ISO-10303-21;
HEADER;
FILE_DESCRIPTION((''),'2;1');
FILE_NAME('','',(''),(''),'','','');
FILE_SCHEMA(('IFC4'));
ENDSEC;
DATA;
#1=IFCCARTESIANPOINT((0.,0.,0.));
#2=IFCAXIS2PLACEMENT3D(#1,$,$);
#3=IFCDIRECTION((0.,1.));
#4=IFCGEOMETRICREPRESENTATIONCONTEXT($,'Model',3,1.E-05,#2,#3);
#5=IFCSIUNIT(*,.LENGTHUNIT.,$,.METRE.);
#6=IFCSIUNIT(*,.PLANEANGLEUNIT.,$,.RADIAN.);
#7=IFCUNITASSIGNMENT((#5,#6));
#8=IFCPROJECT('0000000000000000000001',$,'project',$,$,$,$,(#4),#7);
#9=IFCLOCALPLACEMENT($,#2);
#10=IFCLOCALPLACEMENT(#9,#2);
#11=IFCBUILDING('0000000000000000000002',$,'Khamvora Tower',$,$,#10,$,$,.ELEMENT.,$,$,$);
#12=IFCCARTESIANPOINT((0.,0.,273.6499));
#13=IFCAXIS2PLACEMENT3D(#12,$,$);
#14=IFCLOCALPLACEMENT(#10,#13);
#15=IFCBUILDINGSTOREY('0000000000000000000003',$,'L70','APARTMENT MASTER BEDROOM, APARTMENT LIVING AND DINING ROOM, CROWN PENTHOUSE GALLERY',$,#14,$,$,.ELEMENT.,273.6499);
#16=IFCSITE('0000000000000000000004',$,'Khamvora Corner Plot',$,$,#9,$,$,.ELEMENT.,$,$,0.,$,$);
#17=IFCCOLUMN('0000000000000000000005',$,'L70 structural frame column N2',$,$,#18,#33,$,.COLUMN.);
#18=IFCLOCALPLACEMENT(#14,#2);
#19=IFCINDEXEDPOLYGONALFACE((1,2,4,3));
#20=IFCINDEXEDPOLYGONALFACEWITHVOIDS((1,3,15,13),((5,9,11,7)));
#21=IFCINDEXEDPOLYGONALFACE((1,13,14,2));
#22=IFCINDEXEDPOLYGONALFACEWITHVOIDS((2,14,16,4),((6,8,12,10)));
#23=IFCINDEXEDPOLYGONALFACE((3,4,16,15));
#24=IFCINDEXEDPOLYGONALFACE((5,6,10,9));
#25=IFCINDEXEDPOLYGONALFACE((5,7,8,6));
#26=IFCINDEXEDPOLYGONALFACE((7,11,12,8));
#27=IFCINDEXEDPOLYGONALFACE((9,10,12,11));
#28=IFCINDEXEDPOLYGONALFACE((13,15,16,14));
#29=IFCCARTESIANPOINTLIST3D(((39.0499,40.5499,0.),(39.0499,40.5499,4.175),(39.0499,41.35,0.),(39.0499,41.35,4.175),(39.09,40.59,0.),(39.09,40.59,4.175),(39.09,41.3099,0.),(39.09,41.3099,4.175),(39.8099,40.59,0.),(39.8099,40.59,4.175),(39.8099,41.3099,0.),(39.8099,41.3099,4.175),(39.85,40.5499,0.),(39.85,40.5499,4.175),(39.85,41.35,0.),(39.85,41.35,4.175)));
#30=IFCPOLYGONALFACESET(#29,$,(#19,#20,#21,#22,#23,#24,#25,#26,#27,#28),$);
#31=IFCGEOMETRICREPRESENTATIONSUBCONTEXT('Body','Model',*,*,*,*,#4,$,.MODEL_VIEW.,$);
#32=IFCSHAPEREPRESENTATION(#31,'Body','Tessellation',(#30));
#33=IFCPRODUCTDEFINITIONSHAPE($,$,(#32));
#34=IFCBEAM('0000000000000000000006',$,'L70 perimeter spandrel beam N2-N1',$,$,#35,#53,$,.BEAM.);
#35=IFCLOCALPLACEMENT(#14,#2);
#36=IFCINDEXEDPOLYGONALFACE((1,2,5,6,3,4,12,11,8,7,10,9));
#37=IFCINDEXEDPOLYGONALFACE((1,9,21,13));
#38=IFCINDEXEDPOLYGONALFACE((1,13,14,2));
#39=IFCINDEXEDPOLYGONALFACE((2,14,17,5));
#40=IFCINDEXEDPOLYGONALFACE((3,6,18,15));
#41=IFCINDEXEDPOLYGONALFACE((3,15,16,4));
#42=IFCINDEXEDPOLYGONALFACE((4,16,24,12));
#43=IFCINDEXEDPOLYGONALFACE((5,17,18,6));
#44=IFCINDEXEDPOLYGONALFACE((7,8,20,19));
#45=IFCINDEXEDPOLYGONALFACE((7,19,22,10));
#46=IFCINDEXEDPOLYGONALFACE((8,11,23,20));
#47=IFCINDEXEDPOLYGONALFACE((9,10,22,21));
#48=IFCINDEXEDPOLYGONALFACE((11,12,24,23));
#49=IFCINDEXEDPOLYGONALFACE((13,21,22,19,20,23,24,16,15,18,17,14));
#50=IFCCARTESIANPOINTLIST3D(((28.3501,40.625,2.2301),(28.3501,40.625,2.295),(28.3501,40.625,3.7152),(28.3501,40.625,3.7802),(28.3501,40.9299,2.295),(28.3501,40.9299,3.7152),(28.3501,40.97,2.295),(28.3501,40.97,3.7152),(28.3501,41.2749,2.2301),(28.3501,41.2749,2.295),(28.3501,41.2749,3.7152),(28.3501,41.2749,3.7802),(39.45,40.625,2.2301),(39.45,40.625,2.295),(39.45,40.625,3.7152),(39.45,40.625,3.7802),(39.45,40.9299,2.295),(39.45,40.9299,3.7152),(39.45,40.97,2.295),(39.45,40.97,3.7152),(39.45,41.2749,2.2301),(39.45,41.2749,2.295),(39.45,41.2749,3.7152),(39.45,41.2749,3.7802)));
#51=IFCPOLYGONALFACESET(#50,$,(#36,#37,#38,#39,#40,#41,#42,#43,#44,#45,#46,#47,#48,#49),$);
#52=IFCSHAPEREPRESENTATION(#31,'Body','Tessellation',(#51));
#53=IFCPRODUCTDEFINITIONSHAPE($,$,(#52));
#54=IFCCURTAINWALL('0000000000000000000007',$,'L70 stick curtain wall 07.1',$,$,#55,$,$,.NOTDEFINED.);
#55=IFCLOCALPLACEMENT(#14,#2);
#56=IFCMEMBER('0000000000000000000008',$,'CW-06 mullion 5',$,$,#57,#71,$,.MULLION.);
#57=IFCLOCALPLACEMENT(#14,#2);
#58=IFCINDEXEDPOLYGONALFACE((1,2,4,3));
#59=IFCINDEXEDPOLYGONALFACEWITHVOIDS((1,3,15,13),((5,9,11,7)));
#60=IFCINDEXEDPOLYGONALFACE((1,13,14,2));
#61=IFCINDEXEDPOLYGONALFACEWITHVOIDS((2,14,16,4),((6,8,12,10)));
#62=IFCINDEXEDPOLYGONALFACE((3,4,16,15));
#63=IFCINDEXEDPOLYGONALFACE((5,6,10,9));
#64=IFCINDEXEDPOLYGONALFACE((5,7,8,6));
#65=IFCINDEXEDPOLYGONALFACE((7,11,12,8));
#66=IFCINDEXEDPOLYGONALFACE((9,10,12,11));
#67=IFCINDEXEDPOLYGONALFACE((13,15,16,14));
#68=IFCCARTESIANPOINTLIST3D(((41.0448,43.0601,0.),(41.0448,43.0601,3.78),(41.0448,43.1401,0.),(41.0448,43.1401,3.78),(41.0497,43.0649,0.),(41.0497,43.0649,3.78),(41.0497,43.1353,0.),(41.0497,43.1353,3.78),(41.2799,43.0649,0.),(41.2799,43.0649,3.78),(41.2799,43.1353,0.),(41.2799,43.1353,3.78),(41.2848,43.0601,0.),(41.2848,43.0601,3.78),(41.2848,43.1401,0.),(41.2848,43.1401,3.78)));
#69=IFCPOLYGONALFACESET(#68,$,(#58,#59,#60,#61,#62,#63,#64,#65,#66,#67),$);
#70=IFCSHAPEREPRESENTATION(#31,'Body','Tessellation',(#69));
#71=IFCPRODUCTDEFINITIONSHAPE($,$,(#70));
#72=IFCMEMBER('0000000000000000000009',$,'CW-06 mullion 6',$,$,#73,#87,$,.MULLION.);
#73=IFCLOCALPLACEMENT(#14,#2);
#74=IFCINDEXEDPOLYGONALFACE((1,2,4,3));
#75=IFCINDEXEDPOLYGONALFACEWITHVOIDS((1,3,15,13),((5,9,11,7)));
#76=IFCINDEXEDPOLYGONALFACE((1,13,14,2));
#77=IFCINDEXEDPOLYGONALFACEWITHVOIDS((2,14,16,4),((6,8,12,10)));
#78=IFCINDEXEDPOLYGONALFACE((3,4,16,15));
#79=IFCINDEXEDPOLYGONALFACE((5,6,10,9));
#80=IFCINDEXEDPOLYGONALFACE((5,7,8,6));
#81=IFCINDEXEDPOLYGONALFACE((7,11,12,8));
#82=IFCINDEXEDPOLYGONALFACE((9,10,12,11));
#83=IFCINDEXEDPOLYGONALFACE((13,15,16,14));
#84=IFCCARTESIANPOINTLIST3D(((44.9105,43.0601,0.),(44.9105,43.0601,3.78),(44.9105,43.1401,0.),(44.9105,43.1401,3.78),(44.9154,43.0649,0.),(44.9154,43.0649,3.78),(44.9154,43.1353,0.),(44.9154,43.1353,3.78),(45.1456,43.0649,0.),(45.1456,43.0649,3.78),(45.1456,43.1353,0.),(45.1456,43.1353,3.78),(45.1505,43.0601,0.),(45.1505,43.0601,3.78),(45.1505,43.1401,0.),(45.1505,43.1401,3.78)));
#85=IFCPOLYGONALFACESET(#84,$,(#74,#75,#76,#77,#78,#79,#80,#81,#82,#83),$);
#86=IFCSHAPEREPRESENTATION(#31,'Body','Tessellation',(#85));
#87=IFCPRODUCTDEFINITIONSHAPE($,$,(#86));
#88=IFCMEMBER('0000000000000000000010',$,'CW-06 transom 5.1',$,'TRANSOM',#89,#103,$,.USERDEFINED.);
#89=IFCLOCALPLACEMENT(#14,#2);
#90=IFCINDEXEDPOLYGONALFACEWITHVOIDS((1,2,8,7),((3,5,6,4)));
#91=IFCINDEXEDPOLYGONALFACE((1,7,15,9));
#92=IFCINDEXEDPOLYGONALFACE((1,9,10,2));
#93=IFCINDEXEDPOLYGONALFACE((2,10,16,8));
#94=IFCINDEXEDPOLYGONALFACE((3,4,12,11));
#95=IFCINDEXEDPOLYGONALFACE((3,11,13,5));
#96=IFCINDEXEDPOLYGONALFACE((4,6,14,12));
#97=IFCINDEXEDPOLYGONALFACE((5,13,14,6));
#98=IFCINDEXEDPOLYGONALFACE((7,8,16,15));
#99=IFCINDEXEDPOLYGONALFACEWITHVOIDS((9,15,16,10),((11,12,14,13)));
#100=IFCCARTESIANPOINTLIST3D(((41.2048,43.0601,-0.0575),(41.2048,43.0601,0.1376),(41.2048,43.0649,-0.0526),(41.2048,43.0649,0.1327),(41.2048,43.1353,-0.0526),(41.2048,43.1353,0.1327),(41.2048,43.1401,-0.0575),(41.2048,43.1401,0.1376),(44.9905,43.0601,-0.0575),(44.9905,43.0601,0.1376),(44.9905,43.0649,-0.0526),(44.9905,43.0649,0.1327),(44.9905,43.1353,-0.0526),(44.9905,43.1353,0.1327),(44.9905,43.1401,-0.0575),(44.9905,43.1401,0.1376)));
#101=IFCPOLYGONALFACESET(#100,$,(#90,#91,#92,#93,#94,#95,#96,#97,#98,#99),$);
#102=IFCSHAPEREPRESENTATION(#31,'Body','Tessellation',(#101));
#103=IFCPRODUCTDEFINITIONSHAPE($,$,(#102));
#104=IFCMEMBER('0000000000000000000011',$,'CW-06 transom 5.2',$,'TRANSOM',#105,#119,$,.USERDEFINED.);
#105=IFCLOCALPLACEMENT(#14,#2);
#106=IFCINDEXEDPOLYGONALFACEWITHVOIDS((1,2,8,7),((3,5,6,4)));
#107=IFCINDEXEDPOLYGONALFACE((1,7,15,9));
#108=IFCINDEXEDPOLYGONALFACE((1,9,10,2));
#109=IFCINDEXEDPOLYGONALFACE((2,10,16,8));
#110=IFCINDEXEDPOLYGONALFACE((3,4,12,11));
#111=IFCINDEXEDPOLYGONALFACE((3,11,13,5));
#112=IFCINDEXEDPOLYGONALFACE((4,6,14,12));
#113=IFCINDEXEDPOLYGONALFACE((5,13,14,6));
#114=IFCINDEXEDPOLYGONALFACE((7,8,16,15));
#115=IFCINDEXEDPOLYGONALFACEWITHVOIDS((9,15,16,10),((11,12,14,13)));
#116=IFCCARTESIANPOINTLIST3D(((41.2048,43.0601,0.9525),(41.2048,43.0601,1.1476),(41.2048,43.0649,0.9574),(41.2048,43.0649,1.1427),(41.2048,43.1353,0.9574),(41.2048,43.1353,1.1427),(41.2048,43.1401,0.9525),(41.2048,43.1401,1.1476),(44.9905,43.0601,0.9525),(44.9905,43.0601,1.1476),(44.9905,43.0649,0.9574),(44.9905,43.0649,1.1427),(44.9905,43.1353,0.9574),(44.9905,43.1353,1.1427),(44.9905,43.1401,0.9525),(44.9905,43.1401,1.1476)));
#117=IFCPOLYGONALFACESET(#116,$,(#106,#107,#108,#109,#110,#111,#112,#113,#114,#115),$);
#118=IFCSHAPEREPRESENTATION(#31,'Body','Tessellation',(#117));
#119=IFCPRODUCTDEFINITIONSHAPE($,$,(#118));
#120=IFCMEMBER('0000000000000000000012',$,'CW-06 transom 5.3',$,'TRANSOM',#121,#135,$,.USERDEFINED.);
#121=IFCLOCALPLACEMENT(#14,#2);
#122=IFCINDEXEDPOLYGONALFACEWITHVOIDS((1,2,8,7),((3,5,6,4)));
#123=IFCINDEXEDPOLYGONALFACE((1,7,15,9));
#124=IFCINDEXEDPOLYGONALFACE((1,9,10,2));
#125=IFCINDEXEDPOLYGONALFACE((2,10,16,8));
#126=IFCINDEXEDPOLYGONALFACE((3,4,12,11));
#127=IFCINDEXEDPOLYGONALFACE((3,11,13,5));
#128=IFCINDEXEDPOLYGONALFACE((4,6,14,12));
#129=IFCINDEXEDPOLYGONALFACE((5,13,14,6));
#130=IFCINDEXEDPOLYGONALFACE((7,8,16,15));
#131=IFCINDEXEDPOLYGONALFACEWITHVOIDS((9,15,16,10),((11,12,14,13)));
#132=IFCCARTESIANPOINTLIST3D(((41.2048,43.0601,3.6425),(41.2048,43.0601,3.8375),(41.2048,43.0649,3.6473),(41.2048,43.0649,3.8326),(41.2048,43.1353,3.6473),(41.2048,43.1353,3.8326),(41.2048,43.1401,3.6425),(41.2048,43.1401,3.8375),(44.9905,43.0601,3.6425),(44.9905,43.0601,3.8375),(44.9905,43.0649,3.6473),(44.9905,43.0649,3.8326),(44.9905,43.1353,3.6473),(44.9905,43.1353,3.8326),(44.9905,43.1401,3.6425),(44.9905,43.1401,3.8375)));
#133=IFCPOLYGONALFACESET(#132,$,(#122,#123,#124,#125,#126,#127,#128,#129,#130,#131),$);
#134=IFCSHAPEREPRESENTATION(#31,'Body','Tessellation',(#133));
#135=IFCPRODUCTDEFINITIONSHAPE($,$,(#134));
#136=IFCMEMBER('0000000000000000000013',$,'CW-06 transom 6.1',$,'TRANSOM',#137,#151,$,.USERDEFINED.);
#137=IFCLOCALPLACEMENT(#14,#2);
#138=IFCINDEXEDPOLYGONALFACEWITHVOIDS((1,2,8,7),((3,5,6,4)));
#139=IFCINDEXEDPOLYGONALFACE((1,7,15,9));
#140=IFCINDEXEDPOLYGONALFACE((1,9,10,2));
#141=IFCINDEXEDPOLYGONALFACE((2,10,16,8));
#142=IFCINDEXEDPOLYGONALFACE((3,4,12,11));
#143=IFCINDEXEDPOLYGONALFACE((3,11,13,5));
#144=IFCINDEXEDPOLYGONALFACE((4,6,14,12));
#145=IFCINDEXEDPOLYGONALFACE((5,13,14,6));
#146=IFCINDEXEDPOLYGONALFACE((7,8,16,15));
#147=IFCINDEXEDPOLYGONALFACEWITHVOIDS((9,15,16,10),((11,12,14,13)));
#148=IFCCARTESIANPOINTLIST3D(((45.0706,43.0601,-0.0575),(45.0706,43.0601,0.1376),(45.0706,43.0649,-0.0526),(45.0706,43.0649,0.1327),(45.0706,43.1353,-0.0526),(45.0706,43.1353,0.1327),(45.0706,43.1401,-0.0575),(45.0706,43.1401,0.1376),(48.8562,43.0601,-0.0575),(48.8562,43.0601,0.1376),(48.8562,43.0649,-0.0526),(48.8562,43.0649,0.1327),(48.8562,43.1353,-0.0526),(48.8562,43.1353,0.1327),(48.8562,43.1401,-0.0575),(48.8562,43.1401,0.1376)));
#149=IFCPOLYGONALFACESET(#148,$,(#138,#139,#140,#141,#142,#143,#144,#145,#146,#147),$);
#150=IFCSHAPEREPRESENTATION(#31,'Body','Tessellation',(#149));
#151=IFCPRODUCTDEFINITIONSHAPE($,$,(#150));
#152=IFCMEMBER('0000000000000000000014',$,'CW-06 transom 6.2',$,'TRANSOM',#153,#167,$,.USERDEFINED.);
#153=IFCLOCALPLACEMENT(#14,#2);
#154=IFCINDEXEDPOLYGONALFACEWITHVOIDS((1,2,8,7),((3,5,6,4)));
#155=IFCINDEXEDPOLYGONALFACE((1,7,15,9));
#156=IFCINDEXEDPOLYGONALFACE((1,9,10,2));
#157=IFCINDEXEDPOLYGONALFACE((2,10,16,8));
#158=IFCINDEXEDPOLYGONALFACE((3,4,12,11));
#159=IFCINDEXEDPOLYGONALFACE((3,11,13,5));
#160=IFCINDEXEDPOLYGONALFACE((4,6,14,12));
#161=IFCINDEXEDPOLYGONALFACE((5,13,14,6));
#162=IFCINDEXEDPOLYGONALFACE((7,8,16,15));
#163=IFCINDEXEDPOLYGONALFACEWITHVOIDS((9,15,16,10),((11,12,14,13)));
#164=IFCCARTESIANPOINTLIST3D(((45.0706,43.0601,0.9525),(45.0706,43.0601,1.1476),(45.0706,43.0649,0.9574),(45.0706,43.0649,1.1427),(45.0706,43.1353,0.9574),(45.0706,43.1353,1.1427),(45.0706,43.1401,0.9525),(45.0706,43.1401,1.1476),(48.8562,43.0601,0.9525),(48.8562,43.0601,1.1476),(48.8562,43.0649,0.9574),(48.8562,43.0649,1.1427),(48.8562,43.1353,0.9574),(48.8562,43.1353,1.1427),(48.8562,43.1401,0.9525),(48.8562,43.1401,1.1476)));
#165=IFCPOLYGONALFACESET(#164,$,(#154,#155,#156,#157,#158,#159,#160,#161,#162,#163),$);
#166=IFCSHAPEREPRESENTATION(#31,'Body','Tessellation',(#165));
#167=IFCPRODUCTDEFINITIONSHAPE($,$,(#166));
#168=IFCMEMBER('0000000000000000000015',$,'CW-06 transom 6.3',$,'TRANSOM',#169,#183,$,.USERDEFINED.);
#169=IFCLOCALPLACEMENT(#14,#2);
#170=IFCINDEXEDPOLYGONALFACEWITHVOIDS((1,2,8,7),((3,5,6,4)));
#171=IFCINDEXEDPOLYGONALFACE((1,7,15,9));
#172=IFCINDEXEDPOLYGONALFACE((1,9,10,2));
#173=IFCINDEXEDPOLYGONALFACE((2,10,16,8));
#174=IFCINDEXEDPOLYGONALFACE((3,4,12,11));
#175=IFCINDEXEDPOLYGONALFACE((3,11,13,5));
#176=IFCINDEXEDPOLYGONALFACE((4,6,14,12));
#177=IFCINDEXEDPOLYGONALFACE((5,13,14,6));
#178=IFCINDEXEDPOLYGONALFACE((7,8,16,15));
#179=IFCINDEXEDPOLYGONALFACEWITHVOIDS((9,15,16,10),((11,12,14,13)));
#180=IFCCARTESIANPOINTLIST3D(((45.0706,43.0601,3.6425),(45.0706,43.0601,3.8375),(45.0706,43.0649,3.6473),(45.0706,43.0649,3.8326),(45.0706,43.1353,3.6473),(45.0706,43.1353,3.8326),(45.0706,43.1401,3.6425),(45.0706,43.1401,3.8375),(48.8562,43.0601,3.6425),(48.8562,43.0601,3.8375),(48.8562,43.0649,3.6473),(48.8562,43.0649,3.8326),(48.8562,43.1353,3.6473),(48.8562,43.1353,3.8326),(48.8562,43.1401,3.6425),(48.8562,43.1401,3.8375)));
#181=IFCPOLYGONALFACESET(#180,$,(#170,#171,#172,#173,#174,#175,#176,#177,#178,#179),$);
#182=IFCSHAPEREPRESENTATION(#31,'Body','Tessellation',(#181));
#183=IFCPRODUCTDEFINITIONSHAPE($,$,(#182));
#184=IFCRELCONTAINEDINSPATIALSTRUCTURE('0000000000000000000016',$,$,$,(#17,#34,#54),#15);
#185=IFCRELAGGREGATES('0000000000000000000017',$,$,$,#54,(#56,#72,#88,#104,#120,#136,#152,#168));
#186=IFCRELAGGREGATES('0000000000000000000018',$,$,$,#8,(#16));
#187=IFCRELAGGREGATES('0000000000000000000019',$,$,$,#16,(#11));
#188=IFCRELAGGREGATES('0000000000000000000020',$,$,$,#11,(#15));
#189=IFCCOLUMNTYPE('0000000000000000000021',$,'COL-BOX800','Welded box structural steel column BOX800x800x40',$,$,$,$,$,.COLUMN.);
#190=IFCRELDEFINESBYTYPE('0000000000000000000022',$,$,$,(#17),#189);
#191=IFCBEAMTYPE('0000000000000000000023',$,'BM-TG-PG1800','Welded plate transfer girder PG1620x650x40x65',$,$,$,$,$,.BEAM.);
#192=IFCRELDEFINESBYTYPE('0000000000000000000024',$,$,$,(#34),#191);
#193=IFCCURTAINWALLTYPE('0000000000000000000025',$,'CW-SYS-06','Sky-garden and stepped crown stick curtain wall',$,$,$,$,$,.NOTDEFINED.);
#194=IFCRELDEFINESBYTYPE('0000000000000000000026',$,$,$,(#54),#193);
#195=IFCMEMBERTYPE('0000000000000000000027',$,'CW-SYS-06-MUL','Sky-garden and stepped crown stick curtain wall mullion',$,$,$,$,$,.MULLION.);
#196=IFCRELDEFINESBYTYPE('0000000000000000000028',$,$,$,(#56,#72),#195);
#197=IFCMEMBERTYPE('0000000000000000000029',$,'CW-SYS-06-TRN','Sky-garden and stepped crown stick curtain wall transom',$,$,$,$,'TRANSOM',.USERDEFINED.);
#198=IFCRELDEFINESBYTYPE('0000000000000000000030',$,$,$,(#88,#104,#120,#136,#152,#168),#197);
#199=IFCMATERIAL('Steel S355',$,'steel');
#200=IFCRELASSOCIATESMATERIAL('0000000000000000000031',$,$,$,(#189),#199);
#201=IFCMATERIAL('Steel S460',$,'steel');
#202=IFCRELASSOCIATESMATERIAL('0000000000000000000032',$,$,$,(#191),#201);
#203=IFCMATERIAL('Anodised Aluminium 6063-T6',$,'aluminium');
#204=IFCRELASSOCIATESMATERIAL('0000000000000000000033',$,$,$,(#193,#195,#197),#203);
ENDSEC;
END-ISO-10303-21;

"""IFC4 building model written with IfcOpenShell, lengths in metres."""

from ifc_helpers import new_model, si_unit, direction, frame, origin, origin_2d, place, context, subcontext, project, spatial, hollow_rectangle, i_section, extrude, material, material_profile, profile_set, type_object, element, aggregate, save


model = new_model("IFC4")

# Units and contexts
model_context = context("Model", 3, precision=1e-05, world=origin(), true_north=direction((0.0, 1.0)))
body_context = subcontext(model_context, "Body", "Model", "MODEL_VIEW")
ifc_project = project(units=[si_unit("LENGTHUNIT", "METRE"), si_unit("PLANEANGLEUNIT", "RADIAN")], contexts=[model_context])

# Site, building, storey
site_placement = place(None, origin())
site = spatial("IfcSite", under=ifc_project, at=site_placement, Name="Khamvora Corner Plot", CompositionType="ELEMENT", RefElevation=0.0)
building_placement = place(site_placement, origin())
building = spatial("IfcBuilding", under=site, at=building_placement, Name="Khamvora Tower", CompositionType="ELEMENT")
storey_placement = place(building_placement, frame((0.0, 0.0, 273.6499)))
storey = spatial("IfcBuildingStorey", under=building, at=storey_placement, Name="L70", Description="APARTMENT MASTER BEDROOM, APARTMENT LIVING AND DINING ROOM, CROWN PENTHOUSE GALLERY", CompositionType="ELEMENT", Elevation=273.6499)

# Column
ifc_material_1 = material(Name="Steel S355", Category="steel")
ifc_material_profile_1 = material_profile(ifc_material_1, hollow_rectangle(XDim=0.8, YDim=0.8, WallThickness=0.04, at=origin_2d()), Name="BOX800x800x40")
ifc_profile_set_1 = profile_set([ifc_material_profile_1], Name="Steel S355")
column_type = type_object("IfcColumnType", Name="COL-BOX800", Description="Welded box structural steel column BOX800x800x40", PredefinedType="COLUMN", material=ifc_profile_set_1)
column_placement = place(storey_placement, frame((39.45, 40.95, 0.0), z_axis=(0.0, 0.0, 1.0), x_axis=(1.0, 0.0, 0.0)))
element("IfcColumn", 1, at=column_placement, inside=storey, type_object=column_type, Name="L70 structural frame column N2", PredefinedType="COLUMN", context=body_context, shape_type="SweptSolid", body=[
    extrude(hollow_rectangle(XDim=0.8, YDim=0.8, WallThickness=0.04, at=origin_2d()), origin(), (0.0, 0.0, 1.0), 4.175),
])

# Beam
ifc_material_2 = material(Name="Steel S460", Category="steel")
ifc_material_profile_2 = material_profile(ifc_material_2, i_section(OverallWidth=0.6499, OverallDepth=1.55, WebThickness=0.04, FlangeThickness=0.0649, at=origin_2d()), Name="PG1550x650x40x65")
ifc_profile_set_2 = profile_set([ifc_material_profile_2], Name="Steel S460")
beam_type = type_object("IfcBeamType", Name="BM-TG-PG1800", Description="Welded plate transfer girder PG1620x650x40x65", PredefinedType="BEAM", material=ifc_profile_set_2)
beam_placement = place(storey_placement, frame((39.45, 40.95, 3.0051), z_axis=(-1.0, 0.0, 0.0), x_axis=(0.0, -1.0, 0.0)))
element("IfcBeam", 2, at=beam_placement, inside=storey, type_object=beam_type, Name="L70 perimeter spandrel beam N2-N1", PredefinedType="BEAM", context=body_context, shape_type="SweptSolid", body=[
    extrude(i_section(OverallWidth=0.6499, OverallDepth=1.55, WebThickness=0.04, FlangeThickness=0.0649, at=origin_2d()), origin(), (0.0, 0.0, 1.0), 11.0999),
])

# Curtain wall, members
ifc_material_3 = material(Name="Anodised Aluminium 6063-T6", Category="aluminium")
curtain_wall_type = type_object("IfcCurtainWallType", Name="CW-SYS-06", Description="Sky-garden and stepped crown stick curtain wall", PredefinedType="NOTDEFINED", material=ifc_material_3)
curtain_wall_placement = place(storey_placement, origin())
curtain_wall = element("IfcCurtainWall", 3, at=curtain_wall_placement, inside=storey, type_object=curtain_wall_type, Name="L70 stick curtain wall 07.1", PredefinedType="NOTDEFINED")
ifc_material_profile_3 = material_profile(ifc_material_3, hollow_rectangle(XDim=0.0801, YDim=0.24, WallThickness=0.0049, at=origin_2d()), Name="MUL80x240x5")
ifc_profile_set_3 = profile_set([ifc_material_profile_3], Name="Anodised Aluminium 6063-T6")
member_type_1 = type_object("IfcMemberType", Name="CW-SYS-06-MUL", Description="Sky-garden and stepped crown stick curtain wall mullion", PredefinedType="MULLION", material=ifc_profile_set_3)
member_1_placement = place(storey_placement, frame((41.1648, 43.1001, 0.0), z_axis=(0.0, 0.0, 1.0), x_axis=(0.0, 1.0, 0.0)))
member_1 = element("IfcMember", 4, at=member_1_placement, type_object=member_type_1, Name="CW-06 mullion 5", PredefinedType="MULLION", context=body_context, shape_type="SweptSolid", body=[
    extrude(hollow_rectangle(XDim=0.0801, YDim=0.24, WallThickness=0.0049, at=origin_2d()), origin(), (0.0, 0.0, 1.0), 3.78),
])
member_2_placement = place(storey_placement, frame((45.0305, 43.1001, 0.0), z_axis=(0.0, 0.0, 1.0), x_axis=(0.0, 1.0, 0.0)))
member_2 = element("IfcMember", 5, at=member_2_placement, type_object=member_type_1, Name="CW-06 mullion 6", PredefinedType="MULLION", context=body_context, shape_type="SweptSolid", body=[
    extrude(hollow_rectangle(XDim=0.0801, YDim=0.24, WallThickness=0.0049, at=origin_2d()), origin(), (0.0, 0.0, 1.0), 3.78),
])
ifc_material_profile_4 = material_profile(ifc_material_3, hollow_rectangle(XDim=0.0801, YDim=0.1951, WallThickness=0.0049, at=origin_2d()), Name="TRN80x195x5")
ifc_profile_set_4 = profile_set([ifc_material_profile_4], Name="Anodised Aluminium 6063-T6")
member_type_2 = type_object("IfcMemberType", Name="CW-SYS-06-TRN", Description="Sky-garden and stepped crown stick curtain wall transom", ElementType="TRANSOM", PredefinedType="USERDEFINED", material=ifc_profile_set_4)
member_3_placement = place(storey_placement, frame((41.2048, 43.1001, 0.04), z_axis=(1.0, 0.0, 0.0), x_axis=(0.0, 1.0, 0.0)))
member_3 = element("IfcMember", 6, at=member_3_placement, type_object=member_type_2, Name="CW-06 transom 5.1", ObjectType="TRANSOM", PredefinedType="USERDEFINED", context=body_context, shape_type="SweptSolid", body=[
    extrude(hollow_rectangle(XDim=0.0801, YDim=0.1951, WallThickness=0.0049, at=origin_2d()), origin(), (0.0, 0.0, 1.0), 3.7856),
])
member_4_placement = place(storey_placement, frame((41.2048, 43.1001, 1.05), z_axis=(1.0, 0.0, 0.0), x_axis=(0.0, 1.0, 0.0)))
member_4 = element("IfcMember", 7, at=member_4_placement, type_object=member_type_2, Name="CW-06 transom 5.2", ObjectType="TRANSOM", PredefinedType="USERDEFINED", context=body_context, shape_type="SweptSolid", body=[
    extrude(hollow_rectangle(XDim=0.0801, YDim=0.1951, WallThickness=0.0049, at=origin_2d()), origin(), (0.0, 0.0, 1.0), 3.7856),
])
member_5_placement = place(storey_placement, frame((41.2048, 43.1001, 3.74), z_axis=(1.0, 0.0, 0.0), x_axis=(0.0, 1.0, 0.0)))
member_5 = element("IfcMember", 8, at=member_5_placement, type_object=member_type_2, Name="CW-06 transom 5.3", ObjectType="TRANSOM", PredefinedType="USERDEFINED", context=body_context, shape_type="SweptSolid", body=[
    extrude(hollow_rectangle(XDim=0.0801, YDim=0.1951, WallThickness=0.0049, at=origin_2d()), origin(), (0.0, 0.0, 1.0), 3.7856),
])
member_6_placement = place(storey_placement, frame((45.0706, 43.1001, 0.04), z_axis=(1.0, 0.0, 0.0), x_axis=(0.0, 1.0, 0.0)))
member_6 = element("IfcMember", 9, at=member_6_placement, type_object=member_type_2, Name="CW-06 transom 6.1", ObjectType="TRANSOM", PredefinedType="USERDEFINED", context=body_context, shape_type="SweptSolid", body=[
    extrude(hollow_rectangle(XDim=0.0801, YDim=0.1951, WallThickness=0.0049, at=origin_2d()), origin(), (0.0, 0.0, 1.0), 3.7856),
])
member_7_placement = place(storey_placement, frame((45.0706, 43.1001, 1.05), z_axis=(1.0, 0.0, 0.0), x_axis=(0.0, 1.0, 0.0)))
member_7 = element("IfcMember", 10, at=member_7_placement, type_object=member_type_2, Name="CW-06 transom 6.2", ObjectType="TRANSOM", PredefinedType="USERDEFINED", context=body_context, shape_type="SweptSolid", body=[
    extrude(hollow_rectangle(XDim=0.0801, YDim=0.1951, WallThickness=0.0049, at=origin_2d()), origin(), (0.0, 0.0, 1.0), 3.7856),
])
member_8_placement = place(storey_placement, frame((45.0706, 43.1001, 3.74), z_axis=(1.0, 0.0, 0.0), x_axis=(0.0, 1.0, 0.0)))
member_8 = element("IfcMember", 11, at=member_8_placement, type_object=member_type_2, Name="CW-06 transom 6.3", ObjectType="TRANSOM", PredefinedType="USERDEFINED", context=body_context, shape_type="SweptSolid", body=[
    extrude(hollow_rectangle(XDim=0.0801, YDim=0.1951, WallThickness=0.0049, at=origin_2d()), origin(), (0.0, 0.0, 1.0), 3.7856),
])
aggregate(curtain_wall, [member_1, member_2, member_3, member_4, member_5, member_6, member_7, member_8])

save(model, "model.ifc")
